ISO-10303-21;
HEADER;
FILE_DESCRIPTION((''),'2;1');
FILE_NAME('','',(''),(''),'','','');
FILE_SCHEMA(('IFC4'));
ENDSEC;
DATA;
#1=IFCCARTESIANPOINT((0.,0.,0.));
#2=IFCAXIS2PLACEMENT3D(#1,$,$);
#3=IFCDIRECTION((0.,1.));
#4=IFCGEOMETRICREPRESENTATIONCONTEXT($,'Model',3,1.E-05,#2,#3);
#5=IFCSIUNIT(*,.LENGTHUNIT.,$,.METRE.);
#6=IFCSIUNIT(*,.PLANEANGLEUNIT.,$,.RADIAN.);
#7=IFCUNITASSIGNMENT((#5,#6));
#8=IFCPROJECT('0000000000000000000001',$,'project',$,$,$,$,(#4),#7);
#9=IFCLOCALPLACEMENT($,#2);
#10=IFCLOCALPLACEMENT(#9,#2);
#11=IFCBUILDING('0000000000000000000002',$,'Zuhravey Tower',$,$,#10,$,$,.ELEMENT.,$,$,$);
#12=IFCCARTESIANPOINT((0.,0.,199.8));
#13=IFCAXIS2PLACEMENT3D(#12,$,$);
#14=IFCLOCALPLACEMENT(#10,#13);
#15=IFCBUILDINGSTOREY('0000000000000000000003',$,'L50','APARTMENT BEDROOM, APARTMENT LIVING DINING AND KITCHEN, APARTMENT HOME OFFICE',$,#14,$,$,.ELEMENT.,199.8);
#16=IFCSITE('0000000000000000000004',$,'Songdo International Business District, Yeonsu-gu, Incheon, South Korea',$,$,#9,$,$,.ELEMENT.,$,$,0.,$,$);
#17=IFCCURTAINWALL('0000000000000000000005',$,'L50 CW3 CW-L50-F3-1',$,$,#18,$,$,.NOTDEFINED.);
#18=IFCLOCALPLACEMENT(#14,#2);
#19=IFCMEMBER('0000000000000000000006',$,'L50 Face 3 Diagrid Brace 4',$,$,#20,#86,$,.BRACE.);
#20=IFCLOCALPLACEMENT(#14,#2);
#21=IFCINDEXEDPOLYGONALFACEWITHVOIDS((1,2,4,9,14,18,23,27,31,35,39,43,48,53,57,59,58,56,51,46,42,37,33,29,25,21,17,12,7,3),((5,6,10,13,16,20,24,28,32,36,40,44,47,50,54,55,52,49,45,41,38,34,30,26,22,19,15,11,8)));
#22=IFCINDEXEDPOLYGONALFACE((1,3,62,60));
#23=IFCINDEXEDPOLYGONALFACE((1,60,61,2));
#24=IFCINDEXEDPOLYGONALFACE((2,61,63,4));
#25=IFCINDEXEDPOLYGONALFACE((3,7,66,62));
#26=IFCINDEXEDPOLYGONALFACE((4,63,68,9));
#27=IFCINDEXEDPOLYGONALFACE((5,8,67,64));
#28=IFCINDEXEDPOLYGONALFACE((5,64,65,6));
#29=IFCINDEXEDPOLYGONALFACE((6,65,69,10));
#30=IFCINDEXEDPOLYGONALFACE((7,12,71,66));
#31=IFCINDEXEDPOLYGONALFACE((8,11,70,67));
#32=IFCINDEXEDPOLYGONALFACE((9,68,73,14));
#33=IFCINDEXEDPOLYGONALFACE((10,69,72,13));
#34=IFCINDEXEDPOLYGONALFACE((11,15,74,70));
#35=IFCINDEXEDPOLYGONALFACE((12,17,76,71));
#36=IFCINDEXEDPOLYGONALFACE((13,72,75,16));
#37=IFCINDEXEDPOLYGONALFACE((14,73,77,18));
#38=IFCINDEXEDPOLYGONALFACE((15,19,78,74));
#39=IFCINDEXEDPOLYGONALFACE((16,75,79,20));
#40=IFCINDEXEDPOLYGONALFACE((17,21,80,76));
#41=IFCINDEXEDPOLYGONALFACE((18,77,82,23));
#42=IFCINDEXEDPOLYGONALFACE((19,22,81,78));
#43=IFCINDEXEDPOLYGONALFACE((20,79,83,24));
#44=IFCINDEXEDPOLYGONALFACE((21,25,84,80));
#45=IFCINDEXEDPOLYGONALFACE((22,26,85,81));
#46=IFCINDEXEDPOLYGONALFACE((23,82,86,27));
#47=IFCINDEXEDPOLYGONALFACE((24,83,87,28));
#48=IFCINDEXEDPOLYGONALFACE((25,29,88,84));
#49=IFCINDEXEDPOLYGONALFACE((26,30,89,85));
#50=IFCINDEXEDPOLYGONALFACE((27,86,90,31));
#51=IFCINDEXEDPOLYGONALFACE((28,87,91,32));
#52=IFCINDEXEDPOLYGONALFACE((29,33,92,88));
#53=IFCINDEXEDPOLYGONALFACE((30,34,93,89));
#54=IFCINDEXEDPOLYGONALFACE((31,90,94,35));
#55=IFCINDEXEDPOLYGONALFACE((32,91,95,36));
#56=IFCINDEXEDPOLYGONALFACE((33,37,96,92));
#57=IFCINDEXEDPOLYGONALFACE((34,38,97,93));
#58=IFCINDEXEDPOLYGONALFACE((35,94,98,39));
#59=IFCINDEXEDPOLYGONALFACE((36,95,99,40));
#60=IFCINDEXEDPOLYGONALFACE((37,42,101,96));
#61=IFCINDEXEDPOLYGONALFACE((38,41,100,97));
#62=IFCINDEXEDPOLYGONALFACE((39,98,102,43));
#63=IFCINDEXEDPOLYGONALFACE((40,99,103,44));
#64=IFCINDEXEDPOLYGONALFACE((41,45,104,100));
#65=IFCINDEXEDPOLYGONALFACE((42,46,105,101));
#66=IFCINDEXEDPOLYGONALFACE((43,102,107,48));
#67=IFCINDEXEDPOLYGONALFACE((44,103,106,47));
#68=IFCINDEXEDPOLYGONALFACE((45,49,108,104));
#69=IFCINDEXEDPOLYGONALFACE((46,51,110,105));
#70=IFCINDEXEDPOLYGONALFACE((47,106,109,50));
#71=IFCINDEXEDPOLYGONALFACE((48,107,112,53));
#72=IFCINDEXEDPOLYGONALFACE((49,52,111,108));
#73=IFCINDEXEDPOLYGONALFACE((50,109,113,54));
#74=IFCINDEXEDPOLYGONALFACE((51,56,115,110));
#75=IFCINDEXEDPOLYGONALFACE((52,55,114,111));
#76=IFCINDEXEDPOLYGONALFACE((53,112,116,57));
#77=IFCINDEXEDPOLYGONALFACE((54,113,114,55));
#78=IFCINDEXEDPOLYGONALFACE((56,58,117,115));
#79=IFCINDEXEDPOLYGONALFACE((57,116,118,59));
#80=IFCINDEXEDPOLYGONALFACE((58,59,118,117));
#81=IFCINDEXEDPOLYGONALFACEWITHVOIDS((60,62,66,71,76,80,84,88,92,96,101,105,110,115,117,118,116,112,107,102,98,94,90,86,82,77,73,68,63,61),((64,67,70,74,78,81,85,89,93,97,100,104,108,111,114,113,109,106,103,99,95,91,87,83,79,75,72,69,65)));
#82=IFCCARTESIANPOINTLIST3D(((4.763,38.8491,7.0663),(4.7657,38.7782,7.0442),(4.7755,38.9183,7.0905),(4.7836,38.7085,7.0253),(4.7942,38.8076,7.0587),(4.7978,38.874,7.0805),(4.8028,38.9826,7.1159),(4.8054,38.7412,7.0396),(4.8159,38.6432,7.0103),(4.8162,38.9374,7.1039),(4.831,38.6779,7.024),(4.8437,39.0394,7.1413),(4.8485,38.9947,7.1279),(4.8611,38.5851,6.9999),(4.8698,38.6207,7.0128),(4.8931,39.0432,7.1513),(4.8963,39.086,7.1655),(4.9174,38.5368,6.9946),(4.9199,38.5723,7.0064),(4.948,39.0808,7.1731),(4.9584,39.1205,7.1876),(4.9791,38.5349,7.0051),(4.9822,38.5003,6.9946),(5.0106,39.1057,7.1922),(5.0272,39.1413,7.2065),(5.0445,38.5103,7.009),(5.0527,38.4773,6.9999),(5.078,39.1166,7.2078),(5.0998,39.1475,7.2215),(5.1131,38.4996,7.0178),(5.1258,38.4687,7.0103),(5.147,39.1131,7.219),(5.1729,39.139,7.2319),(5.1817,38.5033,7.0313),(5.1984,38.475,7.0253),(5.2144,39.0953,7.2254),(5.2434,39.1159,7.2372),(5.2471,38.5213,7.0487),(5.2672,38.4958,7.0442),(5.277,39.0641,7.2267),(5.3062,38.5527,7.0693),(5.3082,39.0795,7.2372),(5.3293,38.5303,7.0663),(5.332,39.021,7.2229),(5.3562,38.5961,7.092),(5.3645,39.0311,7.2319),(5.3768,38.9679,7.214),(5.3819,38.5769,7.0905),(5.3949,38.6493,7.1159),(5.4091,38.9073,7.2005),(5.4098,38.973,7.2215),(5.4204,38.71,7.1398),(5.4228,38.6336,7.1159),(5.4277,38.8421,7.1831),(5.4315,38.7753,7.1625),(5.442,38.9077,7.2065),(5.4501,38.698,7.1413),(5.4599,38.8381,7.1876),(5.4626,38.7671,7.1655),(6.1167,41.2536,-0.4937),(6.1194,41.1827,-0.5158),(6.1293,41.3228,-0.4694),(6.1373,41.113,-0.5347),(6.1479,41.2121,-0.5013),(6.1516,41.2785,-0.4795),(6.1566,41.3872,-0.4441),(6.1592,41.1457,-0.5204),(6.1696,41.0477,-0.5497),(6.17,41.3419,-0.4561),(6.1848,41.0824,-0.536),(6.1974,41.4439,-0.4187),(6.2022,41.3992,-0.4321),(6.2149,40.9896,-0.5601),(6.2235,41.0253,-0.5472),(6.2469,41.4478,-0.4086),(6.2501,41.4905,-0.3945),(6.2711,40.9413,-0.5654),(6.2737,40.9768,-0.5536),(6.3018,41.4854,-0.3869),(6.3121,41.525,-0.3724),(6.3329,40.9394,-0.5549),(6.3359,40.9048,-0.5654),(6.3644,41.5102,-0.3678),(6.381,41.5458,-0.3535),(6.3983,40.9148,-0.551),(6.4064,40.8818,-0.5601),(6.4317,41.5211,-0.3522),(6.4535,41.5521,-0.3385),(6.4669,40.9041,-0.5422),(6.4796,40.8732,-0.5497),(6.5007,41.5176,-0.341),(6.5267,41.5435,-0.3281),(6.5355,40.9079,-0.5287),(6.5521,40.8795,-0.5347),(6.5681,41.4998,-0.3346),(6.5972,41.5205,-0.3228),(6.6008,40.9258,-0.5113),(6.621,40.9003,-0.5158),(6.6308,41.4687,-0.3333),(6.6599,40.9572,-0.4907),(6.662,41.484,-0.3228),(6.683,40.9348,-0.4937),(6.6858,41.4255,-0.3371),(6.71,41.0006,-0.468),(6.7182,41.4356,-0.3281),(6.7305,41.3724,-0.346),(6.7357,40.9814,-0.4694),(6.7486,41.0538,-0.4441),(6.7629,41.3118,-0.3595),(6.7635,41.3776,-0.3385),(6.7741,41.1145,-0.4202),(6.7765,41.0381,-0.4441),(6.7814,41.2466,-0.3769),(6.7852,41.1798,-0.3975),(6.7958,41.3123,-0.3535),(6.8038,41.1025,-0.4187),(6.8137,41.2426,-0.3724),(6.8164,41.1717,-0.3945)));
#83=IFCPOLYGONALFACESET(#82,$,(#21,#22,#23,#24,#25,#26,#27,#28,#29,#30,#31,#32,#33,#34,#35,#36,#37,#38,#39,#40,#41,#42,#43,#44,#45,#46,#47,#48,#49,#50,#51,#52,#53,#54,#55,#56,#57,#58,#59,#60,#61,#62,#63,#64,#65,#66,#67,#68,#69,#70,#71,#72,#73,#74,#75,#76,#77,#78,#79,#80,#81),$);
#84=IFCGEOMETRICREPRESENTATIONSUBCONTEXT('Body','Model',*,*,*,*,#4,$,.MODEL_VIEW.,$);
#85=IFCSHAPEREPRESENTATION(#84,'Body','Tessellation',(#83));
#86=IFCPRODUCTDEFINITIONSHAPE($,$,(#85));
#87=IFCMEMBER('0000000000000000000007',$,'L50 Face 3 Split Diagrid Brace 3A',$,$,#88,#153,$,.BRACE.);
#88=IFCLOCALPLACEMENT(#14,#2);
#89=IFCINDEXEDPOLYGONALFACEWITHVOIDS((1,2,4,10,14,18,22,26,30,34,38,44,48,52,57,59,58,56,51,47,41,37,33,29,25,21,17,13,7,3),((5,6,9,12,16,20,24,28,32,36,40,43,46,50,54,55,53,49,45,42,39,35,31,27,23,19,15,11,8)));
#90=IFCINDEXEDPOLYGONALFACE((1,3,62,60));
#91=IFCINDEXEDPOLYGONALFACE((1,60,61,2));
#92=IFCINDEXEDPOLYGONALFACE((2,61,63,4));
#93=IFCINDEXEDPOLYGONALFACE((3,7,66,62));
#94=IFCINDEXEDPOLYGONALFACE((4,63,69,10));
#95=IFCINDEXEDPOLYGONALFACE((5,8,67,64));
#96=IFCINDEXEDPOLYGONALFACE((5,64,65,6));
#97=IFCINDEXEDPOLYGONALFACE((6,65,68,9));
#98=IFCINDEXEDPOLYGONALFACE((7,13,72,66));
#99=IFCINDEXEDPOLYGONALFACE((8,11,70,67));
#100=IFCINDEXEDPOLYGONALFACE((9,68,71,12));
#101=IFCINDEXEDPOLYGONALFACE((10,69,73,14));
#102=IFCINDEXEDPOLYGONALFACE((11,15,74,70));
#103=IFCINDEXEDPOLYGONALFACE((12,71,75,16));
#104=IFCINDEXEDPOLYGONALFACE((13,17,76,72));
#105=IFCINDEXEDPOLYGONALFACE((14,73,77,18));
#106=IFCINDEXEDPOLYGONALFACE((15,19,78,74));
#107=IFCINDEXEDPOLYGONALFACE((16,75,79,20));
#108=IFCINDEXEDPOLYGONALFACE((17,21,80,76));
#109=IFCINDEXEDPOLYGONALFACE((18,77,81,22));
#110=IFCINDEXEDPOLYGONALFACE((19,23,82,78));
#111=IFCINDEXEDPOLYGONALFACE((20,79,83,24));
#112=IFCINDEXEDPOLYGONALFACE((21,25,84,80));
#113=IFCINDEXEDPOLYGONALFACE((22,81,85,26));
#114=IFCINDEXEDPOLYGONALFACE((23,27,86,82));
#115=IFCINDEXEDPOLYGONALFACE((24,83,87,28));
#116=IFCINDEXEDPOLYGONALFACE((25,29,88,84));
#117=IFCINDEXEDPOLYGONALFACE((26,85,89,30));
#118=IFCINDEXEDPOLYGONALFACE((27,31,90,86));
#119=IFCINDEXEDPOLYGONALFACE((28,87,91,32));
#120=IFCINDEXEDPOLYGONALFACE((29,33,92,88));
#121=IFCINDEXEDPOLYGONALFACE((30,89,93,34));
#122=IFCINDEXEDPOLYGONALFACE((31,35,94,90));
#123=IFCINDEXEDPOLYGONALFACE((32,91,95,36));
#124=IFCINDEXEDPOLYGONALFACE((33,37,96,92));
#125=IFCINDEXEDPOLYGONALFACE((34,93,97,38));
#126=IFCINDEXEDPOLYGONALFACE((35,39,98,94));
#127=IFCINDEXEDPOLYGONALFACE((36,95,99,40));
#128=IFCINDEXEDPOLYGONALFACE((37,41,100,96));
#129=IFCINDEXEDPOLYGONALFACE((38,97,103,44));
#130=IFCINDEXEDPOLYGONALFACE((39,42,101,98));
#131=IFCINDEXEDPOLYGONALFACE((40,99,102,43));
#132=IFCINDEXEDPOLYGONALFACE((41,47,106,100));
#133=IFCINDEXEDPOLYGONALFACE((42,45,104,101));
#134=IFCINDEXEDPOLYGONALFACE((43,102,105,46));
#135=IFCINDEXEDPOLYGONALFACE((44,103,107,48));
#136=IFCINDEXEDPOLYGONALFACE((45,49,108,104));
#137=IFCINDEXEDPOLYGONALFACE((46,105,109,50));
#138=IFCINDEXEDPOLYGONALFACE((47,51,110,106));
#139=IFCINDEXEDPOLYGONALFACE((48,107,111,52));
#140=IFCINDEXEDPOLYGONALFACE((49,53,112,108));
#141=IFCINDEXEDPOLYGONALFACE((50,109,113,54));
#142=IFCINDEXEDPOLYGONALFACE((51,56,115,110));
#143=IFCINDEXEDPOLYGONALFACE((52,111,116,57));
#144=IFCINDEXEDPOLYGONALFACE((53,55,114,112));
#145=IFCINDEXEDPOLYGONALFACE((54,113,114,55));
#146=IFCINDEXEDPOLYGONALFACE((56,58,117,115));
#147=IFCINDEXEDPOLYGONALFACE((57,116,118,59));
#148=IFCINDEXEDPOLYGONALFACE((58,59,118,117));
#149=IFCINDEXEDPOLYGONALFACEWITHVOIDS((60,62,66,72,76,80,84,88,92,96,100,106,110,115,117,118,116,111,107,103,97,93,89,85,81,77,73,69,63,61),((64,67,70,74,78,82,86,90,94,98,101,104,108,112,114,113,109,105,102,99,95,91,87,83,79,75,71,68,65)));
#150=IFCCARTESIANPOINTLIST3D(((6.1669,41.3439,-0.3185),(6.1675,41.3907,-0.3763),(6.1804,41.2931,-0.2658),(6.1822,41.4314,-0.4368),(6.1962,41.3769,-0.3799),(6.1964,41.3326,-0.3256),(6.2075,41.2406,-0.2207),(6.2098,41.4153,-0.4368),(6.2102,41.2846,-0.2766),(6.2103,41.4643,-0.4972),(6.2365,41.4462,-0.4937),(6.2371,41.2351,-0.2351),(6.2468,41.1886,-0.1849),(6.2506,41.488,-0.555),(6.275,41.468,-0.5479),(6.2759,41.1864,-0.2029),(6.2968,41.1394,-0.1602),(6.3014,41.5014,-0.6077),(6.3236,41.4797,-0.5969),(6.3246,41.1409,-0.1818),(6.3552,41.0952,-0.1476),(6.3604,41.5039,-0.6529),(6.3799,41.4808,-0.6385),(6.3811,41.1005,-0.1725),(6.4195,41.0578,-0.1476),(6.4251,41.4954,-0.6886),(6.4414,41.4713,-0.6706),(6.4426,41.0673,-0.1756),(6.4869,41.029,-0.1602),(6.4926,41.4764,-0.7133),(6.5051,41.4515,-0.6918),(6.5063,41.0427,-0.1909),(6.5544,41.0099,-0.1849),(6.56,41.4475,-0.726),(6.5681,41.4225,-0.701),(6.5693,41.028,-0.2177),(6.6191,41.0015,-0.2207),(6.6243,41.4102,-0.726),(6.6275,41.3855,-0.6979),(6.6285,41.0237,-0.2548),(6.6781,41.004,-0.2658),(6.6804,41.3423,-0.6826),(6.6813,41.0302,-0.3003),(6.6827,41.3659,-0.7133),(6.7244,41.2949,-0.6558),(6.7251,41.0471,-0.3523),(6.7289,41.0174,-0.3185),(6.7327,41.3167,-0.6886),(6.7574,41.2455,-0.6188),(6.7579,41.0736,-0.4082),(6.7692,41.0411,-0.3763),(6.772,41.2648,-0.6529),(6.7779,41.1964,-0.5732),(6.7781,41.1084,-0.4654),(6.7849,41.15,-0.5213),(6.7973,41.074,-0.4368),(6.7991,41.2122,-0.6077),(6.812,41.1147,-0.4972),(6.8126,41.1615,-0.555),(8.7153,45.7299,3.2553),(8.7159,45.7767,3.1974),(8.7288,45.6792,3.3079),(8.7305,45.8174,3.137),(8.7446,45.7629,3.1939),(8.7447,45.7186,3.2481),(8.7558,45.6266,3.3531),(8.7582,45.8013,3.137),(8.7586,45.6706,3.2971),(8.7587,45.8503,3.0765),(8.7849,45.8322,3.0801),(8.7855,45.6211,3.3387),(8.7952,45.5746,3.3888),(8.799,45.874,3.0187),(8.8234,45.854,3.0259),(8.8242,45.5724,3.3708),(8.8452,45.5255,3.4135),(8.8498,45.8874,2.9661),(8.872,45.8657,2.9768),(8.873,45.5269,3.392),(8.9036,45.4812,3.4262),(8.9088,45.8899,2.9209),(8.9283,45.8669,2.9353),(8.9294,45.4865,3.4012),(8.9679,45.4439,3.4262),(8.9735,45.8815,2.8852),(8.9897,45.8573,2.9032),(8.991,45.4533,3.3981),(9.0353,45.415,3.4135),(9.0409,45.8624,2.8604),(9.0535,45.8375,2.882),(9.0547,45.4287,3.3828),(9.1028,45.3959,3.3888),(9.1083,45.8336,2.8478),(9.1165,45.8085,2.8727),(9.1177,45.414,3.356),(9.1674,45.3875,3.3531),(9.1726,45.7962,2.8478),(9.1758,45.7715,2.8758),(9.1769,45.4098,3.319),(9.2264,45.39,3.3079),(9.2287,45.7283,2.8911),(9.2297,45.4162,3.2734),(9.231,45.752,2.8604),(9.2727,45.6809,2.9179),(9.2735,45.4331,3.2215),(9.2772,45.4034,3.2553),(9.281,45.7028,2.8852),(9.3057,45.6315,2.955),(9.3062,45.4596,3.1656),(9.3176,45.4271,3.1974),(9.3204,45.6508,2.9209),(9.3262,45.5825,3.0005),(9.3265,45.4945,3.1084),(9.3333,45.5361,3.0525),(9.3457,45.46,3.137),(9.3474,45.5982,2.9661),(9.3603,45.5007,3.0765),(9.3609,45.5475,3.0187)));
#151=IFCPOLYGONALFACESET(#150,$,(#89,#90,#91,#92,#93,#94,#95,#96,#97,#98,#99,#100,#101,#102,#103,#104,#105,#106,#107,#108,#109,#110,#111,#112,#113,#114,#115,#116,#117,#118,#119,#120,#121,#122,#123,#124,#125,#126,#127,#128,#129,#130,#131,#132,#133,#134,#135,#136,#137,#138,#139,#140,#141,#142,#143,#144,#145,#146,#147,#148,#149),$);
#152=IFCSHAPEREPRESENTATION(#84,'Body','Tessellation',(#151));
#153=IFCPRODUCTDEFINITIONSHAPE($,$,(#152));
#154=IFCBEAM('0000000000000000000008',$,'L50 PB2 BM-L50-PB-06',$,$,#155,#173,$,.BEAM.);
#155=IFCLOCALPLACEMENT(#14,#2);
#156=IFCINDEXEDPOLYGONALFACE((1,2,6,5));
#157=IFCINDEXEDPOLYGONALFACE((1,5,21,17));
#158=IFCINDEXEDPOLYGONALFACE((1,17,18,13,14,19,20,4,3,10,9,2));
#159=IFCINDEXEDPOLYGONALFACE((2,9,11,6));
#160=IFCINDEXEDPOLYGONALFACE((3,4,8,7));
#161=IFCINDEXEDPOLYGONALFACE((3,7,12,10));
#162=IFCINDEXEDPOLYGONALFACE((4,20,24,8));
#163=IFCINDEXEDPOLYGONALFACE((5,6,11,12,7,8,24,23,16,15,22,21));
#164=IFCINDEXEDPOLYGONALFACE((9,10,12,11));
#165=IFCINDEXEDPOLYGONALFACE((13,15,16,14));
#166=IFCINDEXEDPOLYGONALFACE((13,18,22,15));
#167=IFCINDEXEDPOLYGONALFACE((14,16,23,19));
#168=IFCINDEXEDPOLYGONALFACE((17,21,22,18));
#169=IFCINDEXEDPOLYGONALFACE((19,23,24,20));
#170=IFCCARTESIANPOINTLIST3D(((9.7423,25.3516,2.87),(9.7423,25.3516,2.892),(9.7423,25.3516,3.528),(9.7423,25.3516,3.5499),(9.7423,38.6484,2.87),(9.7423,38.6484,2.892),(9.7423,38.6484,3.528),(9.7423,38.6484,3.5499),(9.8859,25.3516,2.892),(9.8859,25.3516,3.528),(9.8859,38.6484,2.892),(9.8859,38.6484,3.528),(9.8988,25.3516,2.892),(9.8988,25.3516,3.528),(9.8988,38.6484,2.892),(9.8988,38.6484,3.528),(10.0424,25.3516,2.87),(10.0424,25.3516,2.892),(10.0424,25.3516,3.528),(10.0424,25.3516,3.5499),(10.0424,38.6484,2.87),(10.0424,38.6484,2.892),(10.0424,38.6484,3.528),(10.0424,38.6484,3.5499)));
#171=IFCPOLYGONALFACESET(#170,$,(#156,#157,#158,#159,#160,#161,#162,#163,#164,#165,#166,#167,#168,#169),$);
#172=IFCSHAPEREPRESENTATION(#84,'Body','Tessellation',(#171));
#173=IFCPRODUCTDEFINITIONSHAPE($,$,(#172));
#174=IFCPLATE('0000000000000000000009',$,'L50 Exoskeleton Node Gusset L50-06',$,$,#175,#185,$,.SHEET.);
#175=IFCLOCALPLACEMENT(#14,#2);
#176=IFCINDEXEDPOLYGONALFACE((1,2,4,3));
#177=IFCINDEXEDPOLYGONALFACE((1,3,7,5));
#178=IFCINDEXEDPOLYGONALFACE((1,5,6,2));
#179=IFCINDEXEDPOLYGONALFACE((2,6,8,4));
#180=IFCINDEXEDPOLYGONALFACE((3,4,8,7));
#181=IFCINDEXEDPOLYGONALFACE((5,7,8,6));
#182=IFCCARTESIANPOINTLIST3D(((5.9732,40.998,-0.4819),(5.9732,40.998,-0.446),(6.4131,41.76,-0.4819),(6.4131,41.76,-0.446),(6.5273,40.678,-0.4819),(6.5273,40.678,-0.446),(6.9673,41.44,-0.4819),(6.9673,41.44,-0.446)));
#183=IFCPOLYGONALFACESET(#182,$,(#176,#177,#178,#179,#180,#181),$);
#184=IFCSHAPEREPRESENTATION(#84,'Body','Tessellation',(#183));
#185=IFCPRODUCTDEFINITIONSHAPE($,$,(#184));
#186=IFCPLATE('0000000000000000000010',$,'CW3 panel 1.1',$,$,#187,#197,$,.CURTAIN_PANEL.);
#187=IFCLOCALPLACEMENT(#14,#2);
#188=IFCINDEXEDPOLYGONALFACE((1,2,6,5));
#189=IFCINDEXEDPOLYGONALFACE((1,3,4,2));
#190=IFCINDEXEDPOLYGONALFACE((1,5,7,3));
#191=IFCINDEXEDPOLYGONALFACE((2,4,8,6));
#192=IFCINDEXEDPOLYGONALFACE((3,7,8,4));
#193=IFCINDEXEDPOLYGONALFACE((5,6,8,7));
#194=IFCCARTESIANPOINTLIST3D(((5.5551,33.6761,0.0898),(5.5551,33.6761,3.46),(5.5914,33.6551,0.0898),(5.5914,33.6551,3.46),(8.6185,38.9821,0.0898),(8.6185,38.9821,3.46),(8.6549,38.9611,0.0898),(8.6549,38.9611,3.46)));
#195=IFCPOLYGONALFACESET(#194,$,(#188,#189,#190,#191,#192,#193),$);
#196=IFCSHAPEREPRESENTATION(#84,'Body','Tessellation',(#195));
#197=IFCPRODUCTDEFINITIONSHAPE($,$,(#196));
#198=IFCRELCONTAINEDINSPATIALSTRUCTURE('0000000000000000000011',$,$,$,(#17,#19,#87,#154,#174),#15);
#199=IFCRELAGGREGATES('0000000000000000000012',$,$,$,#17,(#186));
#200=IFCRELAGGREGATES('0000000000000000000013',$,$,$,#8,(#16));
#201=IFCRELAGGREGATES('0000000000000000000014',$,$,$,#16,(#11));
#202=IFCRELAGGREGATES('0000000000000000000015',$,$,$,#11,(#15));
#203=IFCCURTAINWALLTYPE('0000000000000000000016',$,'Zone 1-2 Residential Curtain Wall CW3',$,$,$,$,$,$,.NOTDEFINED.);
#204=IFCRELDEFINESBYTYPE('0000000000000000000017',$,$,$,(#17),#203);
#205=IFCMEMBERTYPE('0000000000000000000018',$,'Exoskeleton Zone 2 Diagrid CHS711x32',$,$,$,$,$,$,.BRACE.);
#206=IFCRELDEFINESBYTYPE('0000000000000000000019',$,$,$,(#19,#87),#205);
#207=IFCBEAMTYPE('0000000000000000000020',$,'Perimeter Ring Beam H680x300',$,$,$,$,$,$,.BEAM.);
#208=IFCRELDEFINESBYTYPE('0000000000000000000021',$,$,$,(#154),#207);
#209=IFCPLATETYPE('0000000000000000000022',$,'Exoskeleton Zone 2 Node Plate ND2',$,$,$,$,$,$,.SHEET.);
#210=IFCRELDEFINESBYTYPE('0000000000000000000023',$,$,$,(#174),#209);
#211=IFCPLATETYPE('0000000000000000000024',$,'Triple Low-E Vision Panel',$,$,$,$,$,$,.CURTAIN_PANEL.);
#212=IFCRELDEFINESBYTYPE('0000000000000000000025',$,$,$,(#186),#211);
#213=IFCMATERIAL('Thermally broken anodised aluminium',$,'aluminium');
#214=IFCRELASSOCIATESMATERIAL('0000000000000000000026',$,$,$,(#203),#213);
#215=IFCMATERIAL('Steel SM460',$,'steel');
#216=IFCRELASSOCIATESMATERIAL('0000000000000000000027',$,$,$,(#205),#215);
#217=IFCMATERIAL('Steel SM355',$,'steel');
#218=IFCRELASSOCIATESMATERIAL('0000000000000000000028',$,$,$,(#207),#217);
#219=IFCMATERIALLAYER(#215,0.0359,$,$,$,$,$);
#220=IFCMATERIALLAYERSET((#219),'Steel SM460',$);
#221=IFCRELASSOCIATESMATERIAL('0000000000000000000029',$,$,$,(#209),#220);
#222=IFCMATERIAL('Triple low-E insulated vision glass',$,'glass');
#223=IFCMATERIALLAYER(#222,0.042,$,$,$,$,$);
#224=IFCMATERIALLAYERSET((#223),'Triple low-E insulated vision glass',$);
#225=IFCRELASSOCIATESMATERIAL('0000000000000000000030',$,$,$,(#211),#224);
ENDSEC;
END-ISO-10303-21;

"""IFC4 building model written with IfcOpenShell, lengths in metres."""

from ifc_helpers import new_model, si_unit, direction, frame, origin, origin_2d, place, context, subcontext, project, spatial, rectangle, hollow_circle, i_section, extrude, material, layer, layer_set, material_profile, profile_set, type_object, element, aggregate, save


model = new_model("IFC4")

# Units and contexts
model_context = context("Model", 3, precision=1e-05, world=origin(), true_north=direction((0.0, 1.0)))
body_context = subcontext(model_context, "Body", "Model", "MODEL_VIEW")
ifc_project = project(units=[si_unit("LENGTHUNIT", "METRE"), si_unit("PLANEANGLEUNIT", "RADIAN")], contexts=[model_context])

# Site, building, storey
site_placement = place(None, origin())
site = spatial("IfcSite", under=ifc_project, at=site_placement, Name="Songdo International Business District, Yeonsu-gu, Incheon, South Korea", CompositionType="ELEMENT", RefElevation=0.0)
building_placement = place(site_placement, origin())
building = spatial("IfcBuilding", under=site, at=building_placement, Name="Zuhravey Tower", CompositionType="ELEMENT")
storey_placement = place(building_placement, frame((0.0, 0.0, 199.8)))
storey = spatial("IfcBuildingStorey", under=building, at=storey_placement, Name="L50", Description="APARTMENT BEDROOM, APARTMENT LIVING DINING AND KITCHEN, APARTMENT HOME OFFICE", CompositionType="ELEMENT", Elevation=199.8)

# Curtain wall
ifc_material_1 = material(Name="Thermally broken anodised aluminium", Category="aluminium")
curtain_wall_type = type_object("IfcCurtainWallType", Name="Zone 1-2 Residential Curtain Wall CW3", PredefinedType="NOTDEFINED", material=ifc_material_1)
curtain_wall_placement = place(storey_placement, origin())
curtain_wall = element("IfcCurtainWall", 1, at=curtain_wall_placement, inside=storey, type_object=curtain_wall_type, Name="L50 CW3 CW-L50-F3-1", PredefinedType="NOTDEFINED")

# Members
ifc_material_2 = material(Name="Steel SM460", Category="steel")
ifc_material_profile_1 = material_profile(ifc_material_2, hollow_circle(Radius=0.3557, WallThickness=0.032, at=origin_2d()), Name="CHS-711.2x32")
ifc_profile_set_1 = profile_set([ifc_material_profile_1], Name="Steel SM460")
member_type_1 = type_object("IfcMemberType", Name="Exoskeleton Zone 2 Diagrid CHS711x32", PredefinedType="BRACE", material=ifc_profile_set_1)
member_1_placement = place(storey_placement, frame((6.4666, 41.2126, -0.4441), z_axis=(-0.168212, -0.298778, 0.939381), x_axis=(0.871389, -0.490593, 0.0)))
element("IfcMember", 2, at=member_1_placement, inside=storey, type_object=member_type_1, Name="L50 Face 3 Diagrid Brace 4", PredefinedType="BRACE", context=body_context, shape_type="SweptSolid", body=[
    extrude(hollow_circle(Radius=0.3557, WallThickness=0.032, at=origin_2d()), origin(), (0.0, 0.0, 1.0), 8.0479),
])
member_2_placement = place(storey_placement, frame((6.4897, 41.2527, -0.4368), z_axis=(0.410689, 0.706843, 0.57594), x_axis=(-0.864649, 0.502377, 0.0)))
element("IfcMember", 3, at=member_2_placement, inside=storey, type_object=member_type_1, Name="L50 Face 3 Split Diagrid Brace 3A", PredefinedType="BRACE", context=body_context, shape_type="SweptSolid", body=[
    extrude(hollow_circle(Radius=0.3557, WallThickness=0.032, at=origin_2d()), origin(), (0.0, 0.0, 1.0), 6.2051),
])

# Beam
ifc_material_3 = material(Name="Steel SM355", Category="steel")
ifc_material_profile_2 = material_profile(ifc_material_3, i_section(OverallWidth=0.3, OverallDepth=0.6799, WebThickness=0.0129, FlangeThickness=0.022, at=origin_2d()), Name="H-680x300x13x22")
ifc_profile_set_2 = profile_set([ifc_material_profile_2], Name="Steel SM355")
beam_type = type_object("IfcBeamType", Name="Perimeter Ring Beam H680x300", PredefinedType="BEAM", material=ifc_profile_set_2)
beam_placement = place(storey_placement, frame((9.8923, 38.6484, 3.21), z_axis=(0.0, -1.0, 0.0), x_axis=(1.0, 0.0, 0.0)))
element("IfcBeam", 4, at=beam_placement, inside=storey, type_object=beam_type, Name="L50 PB2 BM-L50-PB-06", PredefinedType="BEAM", context=body_context, shape_type="SweptSolid", body=[
    extrude(i_section(OverallWidth=0.3, OverallDepth=0.6799, WebThickness=0.0129, FlangeThickness=0.022, at=origin_2d()), origin(), (0.0, 0.0, 1.0), 13.2969),
])

# Plates
ifc_layer_1 = layer(ifc_material_2, 0.0359)
ifc_layer_set_1 = layer_set([ifc_layer_1], Name="Steel SM460")
plate_type_1 = type_object("IfcPlateType", Name="Exoskeleton Zone 2 Node Plate ND2", PredefinedType="SHEET", material=ifc_layer_set_1)
plate_1_placement = place(storey_placement, frame((6.4702, 41.219, -0.4819), z_axis=(0.0, 0.0, 1.0), x_axis=(-0.5, -0.866025, 0.0)))
element("IfcPlate", 5, at=plate_1_placement, inside=storey, type_object=plate_type_1, Name="L50 Exoskeleton Node Gusset L50-06", PredefinedType="SHEET", context=body_context, shape_type="SweptSolid", body=[
    extrude(rectangle(XDim=0.8799, YDim=0.6399, at=origin_2d()), origin(), (0.0, 0.0, 1.0), 0.0359),
])
ifc_material_4 = material(Name="Triple low-E insulated vision glass", Category="glass")
ifc_layer_2 = layer(ifc_material_4, 0.042)
ifc_layer_set_2 = layer_set([ifc_layer_2], Name="Triple low-E insulated vision glass")
plate_type_2 = type_object("IfcPlateType", Name="Triple Low-E Vision Panel", PredefinedType="CURTAIN_PANEL", material=ifc_layer_set_2)
plate_2_placement = place(storey_placement, frame((7.105, 36.3186, 0.0898), z_axis=(0.0, 0.0, 1.0), x_axis=(0.500003, 0.866024, 0.0)))
plate_2 = element("IfcPlate", 6, at=plate_2_placement, type_object=plate_type_2, Name="CW3 panel 1.1", PredefinedType="CURTAIN_PANEL", context=body_context, shape_type="SweptSolid", body=[
    extrude(rectangle(XDim=6.127, YDim=0.042, at=origin_2d()), origin(), (0.0, 0.0, 1.0), 3.3701),
])
aggregate(curtain_wall, [plate_2])

save(model, "model.ifc")
